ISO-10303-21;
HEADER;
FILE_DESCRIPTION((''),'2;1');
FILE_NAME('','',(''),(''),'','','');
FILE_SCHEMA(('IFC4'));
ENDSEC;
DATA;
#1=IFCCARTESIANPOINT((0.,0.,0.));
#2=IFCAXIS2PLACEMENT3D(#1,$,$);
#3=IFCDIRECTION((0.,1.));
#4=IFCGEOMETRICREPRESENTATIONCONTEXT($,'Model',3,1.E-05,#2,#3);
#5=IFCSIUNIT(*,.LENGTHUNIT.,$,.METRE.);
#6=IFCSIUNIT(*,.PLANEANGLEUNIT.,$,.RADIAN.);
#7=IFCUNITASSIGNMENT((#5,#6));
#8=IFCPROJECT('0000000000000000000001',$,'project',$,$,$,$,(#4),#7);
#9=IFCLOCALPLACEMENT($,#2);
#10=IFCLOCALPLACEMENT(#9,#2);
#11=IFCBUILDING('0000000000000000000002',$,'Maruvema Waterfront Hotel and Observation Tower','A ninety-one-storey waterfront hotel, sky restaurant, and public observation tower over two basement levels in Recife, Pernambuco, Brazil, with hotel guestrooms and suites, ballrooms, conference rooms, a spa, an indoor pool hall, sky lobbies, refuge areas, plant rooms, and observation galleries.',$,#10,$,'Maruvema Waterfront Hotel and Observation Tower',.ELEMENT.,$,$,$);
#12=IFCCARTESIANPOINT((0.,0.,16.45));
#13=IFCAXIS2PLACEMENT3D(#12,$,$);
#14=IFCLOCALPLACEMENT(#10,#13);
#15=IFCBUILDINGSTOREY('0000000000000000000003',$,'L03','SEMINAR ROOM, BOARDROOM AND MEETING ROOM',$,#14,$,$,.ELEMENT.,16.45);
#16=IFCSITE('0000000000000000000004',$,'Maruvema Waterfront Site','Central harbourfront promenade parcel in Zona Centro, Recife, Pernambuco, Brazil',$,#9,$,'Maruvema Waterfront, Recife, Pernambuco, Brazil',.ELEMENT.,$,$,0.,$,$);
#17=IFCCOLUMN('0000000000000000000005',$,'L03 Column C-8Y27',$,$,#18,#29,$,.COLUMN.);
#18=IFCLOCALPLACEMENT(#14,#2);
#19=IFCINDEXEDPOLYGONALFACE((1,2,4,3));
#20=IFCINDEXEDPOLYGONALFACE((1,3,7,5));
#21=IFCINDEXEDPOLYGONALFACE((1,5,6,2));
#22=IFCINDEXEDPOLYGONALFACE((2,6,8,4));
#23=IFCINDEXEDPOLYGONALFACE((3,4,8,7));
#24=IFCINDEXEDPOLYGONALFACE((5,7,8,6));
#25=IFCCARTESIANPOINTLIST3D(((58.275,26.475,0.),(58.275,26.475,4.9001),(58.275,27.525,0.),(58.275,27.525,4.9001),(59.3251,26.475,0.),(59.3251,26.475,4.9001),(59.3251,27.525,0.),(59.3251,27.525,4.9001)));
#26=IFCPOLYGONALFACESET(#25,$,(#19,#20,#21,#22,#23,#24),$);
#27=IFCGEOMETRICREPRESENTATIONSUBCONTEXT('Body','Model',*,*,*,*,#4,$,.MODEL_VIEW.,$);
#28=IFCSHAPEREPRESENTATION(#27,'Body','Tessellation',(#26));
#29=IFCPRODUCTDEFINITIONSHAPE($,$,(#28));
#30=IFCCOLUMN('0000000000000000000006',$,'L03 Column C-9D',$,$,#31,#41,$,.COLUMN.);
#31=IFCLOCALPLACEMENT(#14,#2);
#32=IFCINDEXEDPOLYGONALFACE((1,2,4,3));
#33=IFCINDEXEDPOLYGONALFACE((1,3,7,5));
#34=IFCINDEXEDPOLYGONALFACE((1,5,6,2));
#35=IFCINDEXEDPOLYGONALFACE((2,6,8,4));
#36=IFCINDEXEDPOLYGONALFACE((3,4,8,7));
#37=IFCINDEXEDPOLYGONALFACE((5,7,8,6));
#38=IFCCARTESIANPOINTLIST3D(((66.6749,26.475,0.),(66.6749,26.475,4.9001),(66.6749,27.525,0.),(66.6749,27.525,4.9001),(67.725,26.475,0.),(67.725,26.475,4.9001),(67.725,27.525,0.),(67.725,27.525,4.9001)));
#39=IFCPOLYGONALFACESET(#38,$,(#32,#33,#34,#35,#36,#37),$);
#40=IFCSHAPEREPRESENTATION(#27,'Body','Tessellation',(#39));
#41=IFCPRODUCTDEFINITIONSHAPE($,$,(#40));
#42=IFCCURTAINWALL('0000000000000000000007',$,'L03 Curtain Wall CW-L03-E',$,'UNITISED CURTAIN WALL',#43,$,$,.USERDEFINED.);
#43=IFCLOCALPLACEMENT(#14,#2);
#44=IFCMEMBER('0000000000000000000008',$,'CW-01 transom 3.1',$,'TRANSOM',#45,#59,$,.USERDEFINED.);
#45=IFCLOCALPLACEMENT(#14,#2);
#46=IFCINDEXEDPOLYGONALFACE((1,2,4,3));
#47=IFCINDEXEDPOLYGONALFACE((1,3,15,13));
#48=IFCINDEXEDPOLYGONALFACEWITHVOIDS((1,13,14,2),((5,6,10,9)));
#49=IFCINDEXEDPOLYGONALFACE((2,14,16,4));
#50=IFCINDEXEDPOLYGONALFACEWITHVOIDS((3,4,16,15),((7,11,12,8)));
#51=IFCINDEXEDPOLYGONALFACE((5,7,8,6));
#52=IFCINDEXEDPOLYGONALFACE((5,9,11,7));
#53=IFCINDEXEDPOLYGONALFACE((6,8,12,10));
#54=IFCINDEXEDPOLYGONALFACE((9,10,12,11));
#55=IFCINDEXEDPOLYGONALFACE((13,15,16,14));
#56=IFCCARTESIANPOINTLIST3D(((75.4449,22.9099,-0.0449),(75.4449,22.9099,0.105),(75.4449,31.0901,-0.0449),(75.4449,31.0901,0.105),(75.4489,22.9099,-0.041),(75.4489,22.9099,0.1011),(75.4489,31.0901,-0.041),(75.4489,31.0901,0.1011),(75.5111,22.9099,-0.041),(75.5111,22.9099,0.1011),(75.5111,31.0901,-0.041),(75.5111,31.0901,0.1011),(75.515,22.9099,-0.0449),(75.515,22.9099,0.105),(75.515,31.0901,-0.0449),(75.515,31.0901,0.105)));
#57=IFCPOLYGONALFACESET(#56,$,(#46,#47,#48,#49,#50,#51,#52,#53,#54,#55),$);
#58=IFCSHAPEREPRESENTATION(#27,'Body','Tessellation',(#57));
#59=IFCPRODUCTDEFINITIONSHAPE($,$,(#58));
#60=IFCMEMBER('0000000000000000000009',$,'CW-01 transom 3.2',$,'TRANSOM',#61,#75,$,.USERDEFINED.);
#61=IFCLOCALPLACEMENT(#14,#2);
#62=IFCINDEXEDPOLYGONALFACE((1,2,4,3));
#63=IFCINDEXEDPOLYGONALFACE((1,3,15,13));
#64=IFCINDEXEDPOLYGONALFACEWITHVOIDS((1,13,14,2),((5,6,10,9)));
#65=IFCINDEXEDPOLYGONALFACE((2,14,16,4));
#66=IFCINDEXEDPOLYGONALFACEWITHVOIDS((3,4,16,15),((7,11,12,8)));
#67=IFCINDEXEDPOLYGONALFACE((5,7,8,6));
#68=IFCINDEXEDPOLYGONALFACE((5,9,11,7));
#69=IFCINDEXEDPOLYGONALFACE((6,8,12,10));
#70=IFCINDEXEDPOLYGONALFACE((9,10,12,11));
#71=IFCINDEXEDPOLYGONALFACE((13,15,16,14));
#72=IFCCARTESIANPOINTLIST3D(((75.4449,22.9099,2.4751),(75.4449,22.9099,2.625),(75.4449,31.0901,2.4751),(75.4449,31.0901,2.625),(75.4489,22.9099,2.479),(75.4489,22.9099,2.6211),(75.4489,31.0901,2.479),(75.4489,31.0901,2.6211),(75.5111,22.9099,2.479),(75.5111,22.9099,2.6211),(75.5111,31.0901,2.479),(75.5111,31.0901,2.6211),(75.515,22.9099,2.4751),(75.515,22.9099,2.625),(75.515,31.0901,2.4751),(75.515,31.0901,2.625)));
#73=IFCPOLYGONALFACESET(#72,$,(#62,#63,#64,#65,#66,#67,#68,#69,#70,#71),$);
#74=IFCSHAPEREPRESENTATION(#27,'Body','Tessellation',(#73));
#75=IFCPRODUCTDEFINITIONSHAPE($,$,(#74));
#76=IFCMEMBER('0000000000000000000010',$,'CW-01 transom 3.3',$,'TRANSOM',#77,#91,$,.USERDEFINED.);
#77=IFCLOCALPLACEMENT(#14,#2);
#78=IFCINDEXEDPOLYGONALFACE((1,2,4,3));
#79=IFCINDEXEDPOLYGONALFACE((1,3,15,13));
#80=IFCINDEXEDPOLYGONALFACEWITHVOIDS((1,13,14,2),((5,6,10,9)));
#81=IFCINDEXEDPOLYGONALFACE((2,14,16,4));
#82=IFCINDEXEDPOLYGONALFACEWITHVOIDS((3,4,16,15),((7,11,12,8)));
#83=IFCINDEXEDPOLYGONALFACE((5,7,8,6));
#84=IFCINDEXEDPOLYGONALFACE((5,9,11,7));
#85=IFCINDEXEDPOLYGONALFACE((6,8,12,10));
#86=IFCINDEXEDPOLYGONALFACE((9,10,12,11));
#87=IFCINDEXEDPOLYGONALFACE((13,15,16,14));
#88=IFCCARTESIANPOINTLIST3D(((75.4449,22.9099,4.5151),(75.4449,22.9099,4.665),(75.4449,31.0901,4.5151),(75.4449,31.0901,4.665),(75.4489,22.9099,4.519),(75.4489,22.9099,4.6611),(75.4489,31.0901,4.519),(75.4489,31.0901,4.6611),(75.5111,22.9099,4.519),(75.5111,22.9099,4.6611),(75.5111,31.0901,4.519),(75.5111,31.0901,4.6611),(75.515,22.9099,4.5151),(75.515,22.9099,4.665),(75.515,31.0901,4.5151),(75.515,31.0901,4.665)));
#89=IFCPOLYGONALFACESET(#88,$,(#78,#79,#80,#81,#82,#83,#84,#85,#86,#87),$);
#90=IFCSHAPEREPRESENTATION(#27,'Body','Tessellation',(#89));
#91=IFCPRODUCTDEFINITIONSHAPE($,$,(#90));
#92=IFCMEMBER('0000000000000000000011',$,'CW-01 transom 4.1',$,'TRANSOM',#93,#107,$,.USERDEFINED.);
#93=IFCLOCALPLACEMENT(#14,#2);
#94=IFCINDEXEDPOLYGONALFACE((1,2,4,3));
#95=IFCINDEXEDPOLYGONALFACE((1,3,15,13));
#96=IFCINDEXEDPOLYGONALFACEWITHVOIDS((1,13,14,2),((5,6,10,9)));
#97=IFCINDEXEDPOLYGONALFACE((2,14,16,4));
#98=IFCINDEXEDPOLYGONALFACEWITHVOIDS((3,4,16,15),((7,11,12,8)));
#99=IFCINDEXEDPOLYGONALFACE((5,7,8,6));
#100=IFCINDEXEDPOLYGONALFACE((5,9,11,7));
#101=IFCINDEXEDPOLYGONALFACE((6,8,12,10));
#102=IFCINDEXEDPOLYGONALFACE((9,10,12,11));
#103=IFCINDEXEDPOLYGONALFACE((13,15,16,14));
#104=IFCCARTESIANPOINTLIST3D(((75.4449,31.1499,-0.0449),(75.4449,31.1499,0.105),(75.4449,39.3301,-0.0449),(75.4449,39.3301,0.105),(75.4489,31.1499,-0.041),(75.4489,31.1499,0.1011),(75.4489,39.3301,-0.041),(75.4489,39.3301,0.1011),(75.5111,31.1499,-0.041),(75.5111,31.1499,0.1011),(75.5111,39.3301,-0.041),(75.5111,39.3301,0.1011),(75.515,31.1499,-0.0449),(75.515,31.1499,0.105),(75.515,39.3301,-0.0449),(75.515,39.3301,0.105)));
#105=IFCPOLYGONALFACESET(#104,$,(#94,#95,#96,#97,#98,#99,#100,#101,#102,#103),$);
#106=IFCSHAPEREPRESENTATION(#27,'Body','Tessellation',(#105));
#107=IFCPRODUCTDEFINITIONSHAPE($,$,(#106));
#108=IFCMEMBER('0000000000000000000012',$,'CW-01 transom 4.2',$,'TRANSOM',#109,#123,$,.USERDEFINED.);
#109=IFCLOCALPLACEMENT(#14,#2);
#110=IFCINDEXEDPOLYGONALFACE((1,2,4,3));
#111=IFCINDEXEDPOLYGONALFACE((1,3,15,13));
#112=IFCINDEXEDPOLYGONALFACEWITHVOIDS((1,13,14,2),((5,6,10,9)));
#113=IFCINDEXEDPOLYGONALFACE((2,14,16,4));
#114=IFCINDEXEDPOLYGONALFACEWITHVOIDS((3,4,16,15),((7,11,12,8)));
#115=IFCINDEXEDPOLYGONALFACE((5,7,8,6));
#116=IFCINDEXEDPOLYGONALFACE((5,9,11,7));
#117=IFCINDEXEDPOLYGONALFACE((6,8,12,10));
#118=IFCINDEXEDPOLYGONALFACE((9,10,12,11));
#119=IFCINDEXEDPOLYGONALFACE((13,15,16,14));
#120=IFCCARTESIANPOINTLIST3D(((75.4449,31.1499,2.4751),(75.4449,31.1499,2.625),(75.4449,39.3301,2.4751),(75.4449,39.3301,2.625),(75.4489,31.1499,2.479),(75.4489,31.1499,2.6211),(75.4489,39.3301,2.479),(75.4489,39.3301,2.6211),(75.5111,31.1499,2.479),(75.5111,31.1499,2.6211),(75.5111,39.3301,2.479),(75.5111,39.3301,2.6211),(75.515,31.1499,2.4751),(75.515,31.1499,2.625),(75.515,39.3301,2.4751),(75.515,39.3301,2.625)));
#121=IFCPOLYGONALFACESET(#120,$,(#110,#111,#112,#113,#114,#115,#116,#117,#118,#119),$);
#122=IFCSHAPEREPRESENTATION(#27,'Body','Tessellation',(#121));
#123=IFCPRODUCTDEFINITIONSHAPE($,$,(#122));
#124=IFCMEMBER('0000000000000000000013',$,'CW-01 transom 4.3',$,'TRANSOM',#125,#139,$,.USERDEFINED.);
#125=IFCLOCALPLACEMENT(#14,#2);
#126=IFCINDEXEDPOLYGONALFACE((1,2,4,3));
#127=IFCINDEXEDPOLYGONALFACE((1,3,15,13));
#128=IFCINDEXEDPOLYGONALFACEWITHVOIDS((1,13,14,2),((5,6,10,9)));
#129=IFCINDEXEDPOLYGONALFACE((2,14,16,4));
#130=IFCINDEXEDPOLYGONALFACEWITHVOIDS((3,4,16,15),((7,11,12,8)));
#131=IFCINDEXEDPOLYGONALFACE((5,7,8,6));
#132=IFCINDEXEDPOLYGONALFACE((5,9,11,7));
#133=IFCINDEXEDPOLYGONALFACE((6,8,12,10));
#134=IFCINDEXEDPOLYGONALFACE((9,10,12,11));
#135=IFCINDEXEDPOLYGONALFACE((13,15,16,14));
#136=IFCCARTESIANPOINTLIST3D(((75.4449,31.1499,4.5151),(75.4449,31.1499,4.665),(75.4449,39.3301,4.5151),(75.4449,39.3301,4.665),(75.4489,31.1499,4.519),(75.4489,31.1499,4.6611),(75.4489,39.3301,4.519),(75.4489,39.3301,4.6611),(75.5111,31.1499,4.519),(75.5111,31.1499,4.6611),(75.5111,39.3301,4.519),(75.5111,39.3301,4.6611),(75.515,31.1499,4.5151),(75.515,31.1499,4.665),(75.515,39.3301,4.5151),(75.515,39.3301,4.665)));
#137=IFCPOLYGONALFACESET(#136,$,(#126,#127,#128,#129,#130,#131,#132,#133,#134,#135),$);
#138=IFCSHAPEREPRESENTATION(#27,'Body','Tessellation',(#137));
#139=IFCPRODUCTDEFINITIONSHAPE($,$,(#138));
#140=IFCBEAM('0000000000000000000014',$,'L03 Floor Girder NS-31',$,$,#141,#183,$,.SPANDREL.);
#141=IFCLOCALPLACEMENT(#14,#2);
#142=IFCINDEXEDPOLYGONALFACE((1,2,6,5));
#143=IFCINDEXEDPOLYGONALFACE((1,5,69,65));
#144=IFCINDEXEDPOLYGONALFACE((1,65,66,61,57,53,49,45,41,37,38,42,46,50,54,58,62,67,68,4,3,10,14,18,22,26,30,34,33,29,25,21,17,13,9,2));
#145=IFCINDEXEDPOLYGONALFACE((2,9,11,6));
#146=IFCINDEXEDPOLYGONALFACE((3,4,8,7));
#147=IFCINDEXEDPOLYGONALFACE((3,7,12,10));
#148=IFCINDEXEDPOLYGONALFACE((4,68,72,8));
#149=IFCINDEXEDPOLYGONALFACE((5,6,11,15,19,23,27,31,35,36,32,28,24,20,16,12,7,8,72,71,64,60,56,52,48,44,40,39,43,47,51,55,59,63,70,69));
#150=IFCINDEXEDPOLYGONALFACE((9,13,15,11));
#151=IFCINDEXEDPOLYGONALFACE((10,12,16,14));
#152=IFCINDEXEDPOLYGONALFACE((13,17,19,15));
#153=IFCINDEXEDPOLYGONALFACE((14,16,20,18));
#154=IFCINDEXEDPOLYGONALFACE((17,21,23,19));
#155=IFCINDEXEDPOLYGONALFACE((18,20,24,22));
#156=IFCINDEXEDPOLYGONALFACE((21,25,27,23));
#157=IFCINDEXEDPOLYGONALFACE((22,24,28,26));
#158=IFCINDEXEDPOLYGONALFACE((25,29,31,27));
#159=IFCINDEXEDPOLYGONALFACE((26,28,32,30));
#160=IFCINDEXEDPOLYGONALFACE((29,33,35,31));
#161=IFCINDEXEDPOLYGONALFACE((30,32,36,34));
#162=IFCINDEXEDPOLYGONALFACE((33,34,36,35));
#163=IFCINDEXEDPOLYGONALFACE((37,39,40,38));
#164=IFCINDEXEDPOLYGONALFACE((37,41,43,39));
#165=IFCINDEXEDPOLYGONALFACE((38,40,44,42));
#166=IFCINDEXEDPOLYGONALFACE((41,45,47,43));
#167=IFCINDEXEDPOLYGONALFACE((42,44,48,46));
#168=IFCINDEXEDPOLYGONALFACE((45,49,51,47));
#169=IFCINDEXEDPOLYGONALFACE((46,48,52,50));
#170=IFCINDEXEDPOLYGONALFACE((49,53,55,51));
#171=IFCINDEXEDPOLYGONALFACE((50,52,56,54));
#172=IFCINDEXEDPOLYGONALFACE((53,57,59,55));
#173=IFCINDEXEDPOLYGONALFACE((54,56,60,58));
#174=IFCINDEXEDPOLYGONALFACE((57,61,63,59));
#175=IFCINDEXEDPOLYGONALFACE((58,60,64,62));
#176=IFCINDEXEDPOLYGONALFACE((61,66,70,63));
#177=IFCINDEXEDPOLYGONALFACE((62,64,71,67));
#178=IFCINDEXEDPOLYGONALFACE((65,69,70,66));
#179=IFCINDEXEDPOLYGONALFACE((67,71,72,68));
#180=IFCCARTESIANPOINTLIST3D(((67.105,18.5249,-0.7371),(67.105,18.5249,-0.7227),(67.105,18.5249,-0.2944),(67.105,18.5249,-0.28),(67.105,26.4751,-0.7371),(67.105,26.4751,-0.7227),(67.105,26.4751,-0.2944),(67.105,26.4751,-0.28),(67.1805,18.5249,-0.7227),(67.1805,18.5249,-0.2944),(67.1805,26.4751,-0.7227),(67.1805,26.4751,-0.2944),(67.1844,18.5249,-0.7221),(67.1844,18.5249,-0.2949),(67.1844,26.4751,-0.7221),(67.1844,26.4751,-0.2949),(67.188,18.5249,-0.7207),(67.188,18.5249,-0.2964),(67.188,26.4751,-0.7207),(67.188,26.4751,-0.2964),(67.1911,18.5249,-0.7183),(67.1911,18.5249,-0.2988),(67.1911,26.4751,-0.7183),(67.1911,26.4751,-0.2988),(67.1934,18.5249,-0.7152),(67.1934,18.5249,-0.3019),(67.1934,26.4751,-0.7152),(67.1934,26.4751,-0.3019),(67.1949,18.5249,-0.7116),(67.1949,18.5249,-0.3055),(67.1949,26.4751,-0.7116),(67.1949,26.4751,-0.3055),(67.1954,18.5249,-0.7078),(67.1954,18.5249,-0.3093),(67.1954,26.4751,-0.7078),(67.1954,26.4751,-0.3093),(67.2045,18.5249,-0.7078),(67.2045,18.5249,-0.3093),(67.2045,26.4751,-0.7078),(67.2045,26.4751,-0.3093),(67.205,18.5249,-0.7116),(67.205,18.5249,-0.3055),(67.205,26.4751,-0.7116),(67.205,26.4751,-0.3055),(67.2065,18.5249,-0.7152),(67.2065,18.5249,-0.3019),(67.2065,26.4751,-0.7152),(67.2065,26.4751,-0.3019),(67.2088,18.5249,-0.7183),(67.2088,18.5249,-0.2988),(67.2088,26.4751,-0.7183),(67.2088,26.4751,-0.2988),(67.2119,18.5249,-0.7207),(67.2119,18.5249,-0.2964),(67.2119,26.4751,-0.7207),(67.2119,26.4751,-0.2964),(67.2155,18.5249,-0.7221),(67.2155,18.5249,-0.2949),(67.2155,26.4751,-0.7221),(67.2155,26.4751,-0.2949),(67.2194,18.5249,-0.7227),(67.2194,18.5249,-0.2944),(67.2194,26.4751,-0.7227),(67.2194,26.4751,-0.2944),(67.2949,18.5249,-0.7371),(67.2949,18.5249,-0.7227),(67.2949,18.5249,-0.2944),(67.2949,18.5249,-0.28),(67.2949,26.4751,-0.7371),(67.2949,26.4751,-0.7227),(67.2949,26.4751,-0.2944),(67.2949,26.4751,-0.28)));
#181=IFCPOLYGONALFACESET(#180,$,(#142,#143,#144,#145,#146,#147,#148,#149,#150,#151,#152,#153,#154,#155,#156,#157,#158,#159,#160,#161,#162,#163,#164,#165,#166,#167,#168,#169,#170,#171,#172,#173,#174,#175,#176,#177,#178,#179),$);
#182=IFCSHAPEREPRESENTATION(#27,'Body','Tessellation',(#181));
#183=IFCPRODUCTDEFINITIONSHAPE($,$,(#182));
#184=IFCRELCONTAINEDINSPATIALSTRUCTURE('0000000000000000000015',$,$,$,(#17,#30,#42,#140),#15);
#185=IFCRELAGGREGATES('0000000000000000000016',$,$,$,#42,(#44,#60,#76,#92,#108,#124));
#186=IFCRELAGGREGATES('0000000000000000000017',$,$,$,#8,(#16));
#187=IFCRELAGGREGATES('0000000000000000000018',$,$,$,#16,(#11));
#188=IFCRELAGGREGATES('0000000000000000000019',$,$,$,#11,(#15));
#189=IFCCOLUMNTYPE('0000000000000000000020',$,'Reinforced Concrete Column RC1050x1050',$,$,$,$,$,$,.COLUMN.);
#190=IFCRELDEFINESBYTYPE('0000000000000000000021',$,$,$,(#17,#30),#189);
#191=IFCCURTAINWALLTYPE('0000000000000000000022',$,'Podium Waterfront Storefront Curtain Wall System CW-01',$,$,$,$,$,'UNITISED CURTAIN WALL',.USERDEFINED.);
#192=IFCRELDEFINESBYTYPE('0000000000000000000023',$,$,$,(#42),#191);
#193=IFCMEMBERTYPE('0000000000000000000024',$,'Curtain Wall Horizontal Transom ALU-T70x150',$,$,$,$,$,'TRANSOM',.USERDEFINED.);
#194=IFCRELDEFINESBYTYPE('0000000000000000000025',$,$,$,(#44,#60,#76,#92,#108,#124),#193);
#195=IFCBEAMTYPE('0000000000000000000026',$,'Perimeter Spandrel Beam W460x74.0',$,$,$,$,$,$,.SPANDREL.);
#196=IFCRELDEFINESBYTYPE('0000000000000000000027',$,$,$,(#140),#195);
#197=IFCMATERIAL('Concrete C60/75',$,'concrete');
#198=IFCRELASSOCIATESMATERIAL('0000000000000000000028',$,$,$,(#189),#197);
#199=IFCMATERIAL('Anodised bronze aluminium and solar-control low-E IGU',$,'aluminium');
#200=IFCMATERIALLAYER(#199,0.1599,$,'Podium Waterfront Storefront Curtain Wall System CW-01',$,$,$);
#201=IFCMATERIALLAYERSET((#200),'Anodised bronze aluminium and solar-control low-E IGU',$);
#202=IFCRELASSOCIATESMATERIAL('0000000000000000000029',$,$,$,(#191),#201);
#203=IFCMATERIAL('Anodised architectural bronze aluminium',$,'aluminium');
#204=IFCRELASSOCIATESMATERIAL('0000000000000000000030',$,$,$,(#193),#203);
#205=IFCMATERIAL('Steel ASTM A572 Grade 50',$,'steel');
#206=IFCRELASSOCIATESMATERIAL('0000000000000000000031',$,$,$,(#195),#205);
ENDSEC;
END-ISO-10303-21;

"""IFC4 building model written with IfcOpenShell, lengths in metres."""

from ifc_helpers import new_model, si_unit, direction, frame, origin, origin_2d, place, context, subcontext, project, spatial, rectangle, hollow_rectangle, i_section, extrude, material, layer, layer_set, material_profile, profile_set, type_object, element, aggregate, save


model = new_model("IFC4")

# Units and contexts
model_context = context("Model", 3, precision=1e-05, world=origin(), true_north=direction((0.0, 1.0)))
body_context = subcontext(model_context, "Body", "Model", "MODEL_VIEW")
ifc_project = project(units=[si_unit("LENGTHUNIT", "METRE"), si_unit("PLANEANGLEUNIT", "RADIAN")], contexts=[model_context])

# Site, building, storey
site_placement = place(None, origin())
site = spatial("IfcSite", under=ifc_project, at=site_placement, Name="Maruvema Waterfront Site", Description="Central harbourfront promenade parcel in Zona Centro, Recife, Pernambuco, Brazil", LongName="Maruvema Waterfront, Recife, Pernambuco, Brazil", CompositionType="ELEMENT", RefElevation=0.0)
building_placement = place(site_placement, origin())
building = spatial("IfcBuilding", under=site, at=building_placement, Name="Maruvema Waterfront Hotel and Observation Tower", Description="A ninety-one-storey waterfront hotel, sky restaurant, and public observation tower over two basement levels in Recife, Pernambuco, Brazil, with hotel guestrooms and suites, ballrooms, conference rooms, a spa, an indoor pool hall, sky lobbies, refuge areas, plant rooms, and observation galleries.", LongName="Maruvema Waterfront Hotel and Observation Tower", CompositionType="ELEMENT")
storey_placement = place(building_placement, frame((0.0, 0.0, 16.45)))
storey = spatial("IfcBuildingStorey", under=building, at=storey_placement, Name="L03", Description="SEMINAR ROOM, BOARDROOM AND MEETING ROOM", CompositionType="ELEMENT", Elevation=16.45)

# Columns
ifc_material_1 = material(Name="Concrete C60/75", Category="concrete")
ifc_material_profile_1 = material_profile(ifc_material_1, rectangle(XDim=1.05, YDim=1.05, at=origin_2d()), Name="RC1050x1050")
ifc_profile_set_1 = profile_set([ifc_material_profile_1], Name="Concrete C60/75")
column_type = type_object("IfcColumnType", Name="Reinforced Concrete Column RC1050x1050", PredefinedType="COLUMN", material=ifc_profile_set_1)
for number, where, z_axis, x_axis, name in (
    (1, (58.8, 27.0, 0.0), (0.0, 0.0, 1.0), (1.0, 0.0, 0.0), "L03 Column C-8Y27"),
    (2, (67.2, 27.0, 0.0), (0.0, 0.0, 1.0), (1.0, 0.0, 0.0), "L03 Column C-9D"),
):
    element("IfcColumn", number, at=place(storey_placement, frame(where, z_axis=z_axis, x_axis=x_axis)), inside=storey, type_object=column_type, Name=name, PredefinedType="COLUMN", context=body_context, shape_type="SweptSolid", body=[
        extrude(rectangle(XDim=1.05, YDim=1.05, at=origin_2d()), origin(), (0.0, 0.0, 1.0), 4.9001),
    ])

# Curtain wall, members
ifc_material_2 = material(Name="Anodised bronze aluminium and solar-control low-E IGU", Category="aluminium")
ifc_layer_1 = layer(ifc_material_2, 0.1599, Name="Podium Waterfront Storefront Curtain Wall System CW-01")
ifc_layer_set_1 = layer_set([ifc_layer_1], Name="Anodised bronze aluminium and solar-control low-E IGU")
curtain_wall_type = type_object("IfcCurtainWallType", Name="Podium Waterfront Storefront Curtain Wall System CW-01", ElementType="UNITISED CURTAIN WALL", PredefinedType="USERDEFINED", material=ifc_layer_set_1)
curtain_wall_placement = place(storey_placement, origin())
curtain_wall = element("IfcCurtainWall", 3, at=curtain_wall_placement, inside=storey, type_object=curtain_wall_type, Name="L03 Curtain Wall CW-L03-E", ObjectType="UNITISED CURTAIN WALL", PredefinedType="USERDEFINED")
ifc_material_3 = material(Name="Anodised architectural bronze aluminium", Category="aluminium")
ifc_material_profile_2 = material_profile(ifc_material_3, hollow_rectangle(XDim=0.0701, YDim=0.1499, WallThickness=0.0039, at=origin_2d()), Name="ALU-T70x150")
ifc_profile_set_2 = profile_set([ifc_material_profile_2], Name="Anodised architectural bronze aluminium")
member_type_1 = type_object("IfcMemberType", Name="Curtain Wall Horizontal Transom ALU-T70x150", ElementType="TRANSOM", PredefinedType="USERDEFINED", material=ifc_profile_set_2)
member_1_placement = place(storey_placement, frame((75.48, 22.9099, 0.03), z_axis=(0.0, 1.0, 0.0), x_axis=(-1.0, 0.0, 0.0)))
member_1 = element("IfcMember", 4, at=member_1_placement, type_object=member_type_1, Name="CW-01 transom 3.1", ObjectType="TRANSOM", PredefinedType="USERDEFINED", context=body_context, shape_type="SweptSolid", body=[
    extrude(hollow_rectangle(XDim=0.0701, YDim=0.1499, WallThickness=0.0039, at=origin_2d()), origin(), (0.0, 0.0, 1.0), 8.1802),
])
member_2_placement = place(storey_placement, frame((75.48, 22.9099, 2.55), z_axis=(0.0, 1.0, 0.0), x_axis=(-1.0, 0.0, 0.0)))
member_2 = element("IfcMember", 5, at=member_2_placement, type_object=member_type_1, Name="CW-01 transom 3.2", ObjectType="TRANSOM", PredefinedType="USERDEFINED", context=body_context, shape_type="SweptSolid", body=[
    extrude(hollow_rectangle(XDim=0.0701, YDim=0.1499, WallThickness=0.0039, at=origin_2d()), origin(), (0.0, 0.0, 1.0), 8.1802),
])
member_3_placement = place(storey_placement, frame((75.48, 22.9099, 4.5901), z_axis=(0.0, 1.0, 0.0), x_axis=(-1.0, 0.0, 0.0)))
member_3 = element("IfcMember", 6, at=member_3_placement, type_object=member_type_1, Name="CW-01 transom 3.3", ObjectType="TRANSOM", PredefinedType="USERDEFINED", context=body_context, shape_type="SweptSolid", body=[
    extrude(hollow_rectangle(XDim=0.0701, YDim=0.1499, WallThickness=0.0039, at=origin_2d()), origin(), (0.0, 0.0, 1.0), 8.1802),
])
member_4_placement = place(storey_placement, frame((75.48, 31.1499, 0.03), z_axis=(0.0, 1.0, 0.0), x_axis=(-1.0, 0.0, 0.0)))
member_4 = element("IfcMember", 7, at=member_4_placement, type_object=member_type_1, Name="CW-01 transom 4.1", ObjectType="TRANSOM", PredefinedType="USERDEFINED", context=body_context, shape_type="SweptSolid", body=[
    extrude(hollow_rectangle(XDim=0.0701, YDim=0.1499, WallThickness=0.0039, at=origin_2d()), origin(), (0.0, 0.0, 1.0), 8.1802),
])
member_5_placement = place(storey_placement, frame((75.48, 31.1499, 2.55), z_axis=(0.0, 1.0, 0.0), x_axis=(-1.0, 0.0, 0.0)))
member_5 = element("IfcMember", 8, at=member_5_placement, type_object=member_type_1, Name="CW-01 transom 4.2", ObjectType="TRANSOM", PredefinedType="USERDEFINED", context=body_context, shape_type="SweptSolid", body=[
    extrude(hollow_rectangle(XDim=0.0701, YDim=0.1499, WallThickness=0.0039, at=origin_2d()), origin(), (0.0, 0.0, 1.0), 8.1802),
])
member_6_placement = place(storey_placement, frame((75.48, 31.1499, 4.5901), z_axis=(0.0, 1.0, 0.0), x_axis=(-1.0, 0.0, 0.0)))
member_6 = element("IfcMember", 9, at=member_6_placement, type_object=member_type_1, Name="CW-01 transom 4.3", ObjectType="TRANSOM", PredefinedType="USERDEFINED", context=body_context, shape_type="SweptSolid", body=[
    extrude(hollow_rectangle(XDim=0.0701, YDim=0.1499, WallThickness=0.0039, at=origin_2d()), origin(), (0.0, 0.0, 1.0), 8.1802),
])

# Beam
ifc_material_4 = material(Name="Steel ASTM A572 Grade 50", Category="steel")
ifc_material_profile_3 = material_profile(ifc_material_4, i_section(OverallWidth=0.1899, OverallDepth=0.457, WebThickness=0.009, FlangeThickness=0.0144, FilletRadius=0.0149, at=origin_2d()), Name="W460x74.0")
ifc_profile_set_3 = profile_set([ifc_material_profile_3], Name="Steel ASTM A572 Grade 50")
beam_type_1 = type_object("IfcBeamType", Name="Perimeter Spandrel Beam W460x74.0", PredefinedType="SPANDREL", material=ifc_profile_set_3)
for number, where, z_axis, x_axis, name in (
    (10, (67.2, 18.5249, -0.5085), (0.0, 1.0, 0.0), (-1.0, 0.0, 0.0), "L03 Floor Girder NS-31"),
):
    element("IfcBeam", number, at=place(storey_placement, frame(where, z_axis=z_axis, x_axis=x_axis)), inside=storey, type_object=beam_type_1, Name=name, PredefinedType="SPANDREL", context=body_context, shape_type="SweptSolid", body=[
        extrude(i_section(OverallWidth=0.1899, OverallDepth=0.457, WebThickness=0.009, FlangeThickness=0.0144, FilletRadius=0.0149, at=origin_2d()), origin(), (0.0, 0.0, 1.0), 7.9502),
    ])

aggregate(curtain_wall, [member_1, member_2, member_3, member_4, member_5, member_6])

save(model, "model.ifc")
